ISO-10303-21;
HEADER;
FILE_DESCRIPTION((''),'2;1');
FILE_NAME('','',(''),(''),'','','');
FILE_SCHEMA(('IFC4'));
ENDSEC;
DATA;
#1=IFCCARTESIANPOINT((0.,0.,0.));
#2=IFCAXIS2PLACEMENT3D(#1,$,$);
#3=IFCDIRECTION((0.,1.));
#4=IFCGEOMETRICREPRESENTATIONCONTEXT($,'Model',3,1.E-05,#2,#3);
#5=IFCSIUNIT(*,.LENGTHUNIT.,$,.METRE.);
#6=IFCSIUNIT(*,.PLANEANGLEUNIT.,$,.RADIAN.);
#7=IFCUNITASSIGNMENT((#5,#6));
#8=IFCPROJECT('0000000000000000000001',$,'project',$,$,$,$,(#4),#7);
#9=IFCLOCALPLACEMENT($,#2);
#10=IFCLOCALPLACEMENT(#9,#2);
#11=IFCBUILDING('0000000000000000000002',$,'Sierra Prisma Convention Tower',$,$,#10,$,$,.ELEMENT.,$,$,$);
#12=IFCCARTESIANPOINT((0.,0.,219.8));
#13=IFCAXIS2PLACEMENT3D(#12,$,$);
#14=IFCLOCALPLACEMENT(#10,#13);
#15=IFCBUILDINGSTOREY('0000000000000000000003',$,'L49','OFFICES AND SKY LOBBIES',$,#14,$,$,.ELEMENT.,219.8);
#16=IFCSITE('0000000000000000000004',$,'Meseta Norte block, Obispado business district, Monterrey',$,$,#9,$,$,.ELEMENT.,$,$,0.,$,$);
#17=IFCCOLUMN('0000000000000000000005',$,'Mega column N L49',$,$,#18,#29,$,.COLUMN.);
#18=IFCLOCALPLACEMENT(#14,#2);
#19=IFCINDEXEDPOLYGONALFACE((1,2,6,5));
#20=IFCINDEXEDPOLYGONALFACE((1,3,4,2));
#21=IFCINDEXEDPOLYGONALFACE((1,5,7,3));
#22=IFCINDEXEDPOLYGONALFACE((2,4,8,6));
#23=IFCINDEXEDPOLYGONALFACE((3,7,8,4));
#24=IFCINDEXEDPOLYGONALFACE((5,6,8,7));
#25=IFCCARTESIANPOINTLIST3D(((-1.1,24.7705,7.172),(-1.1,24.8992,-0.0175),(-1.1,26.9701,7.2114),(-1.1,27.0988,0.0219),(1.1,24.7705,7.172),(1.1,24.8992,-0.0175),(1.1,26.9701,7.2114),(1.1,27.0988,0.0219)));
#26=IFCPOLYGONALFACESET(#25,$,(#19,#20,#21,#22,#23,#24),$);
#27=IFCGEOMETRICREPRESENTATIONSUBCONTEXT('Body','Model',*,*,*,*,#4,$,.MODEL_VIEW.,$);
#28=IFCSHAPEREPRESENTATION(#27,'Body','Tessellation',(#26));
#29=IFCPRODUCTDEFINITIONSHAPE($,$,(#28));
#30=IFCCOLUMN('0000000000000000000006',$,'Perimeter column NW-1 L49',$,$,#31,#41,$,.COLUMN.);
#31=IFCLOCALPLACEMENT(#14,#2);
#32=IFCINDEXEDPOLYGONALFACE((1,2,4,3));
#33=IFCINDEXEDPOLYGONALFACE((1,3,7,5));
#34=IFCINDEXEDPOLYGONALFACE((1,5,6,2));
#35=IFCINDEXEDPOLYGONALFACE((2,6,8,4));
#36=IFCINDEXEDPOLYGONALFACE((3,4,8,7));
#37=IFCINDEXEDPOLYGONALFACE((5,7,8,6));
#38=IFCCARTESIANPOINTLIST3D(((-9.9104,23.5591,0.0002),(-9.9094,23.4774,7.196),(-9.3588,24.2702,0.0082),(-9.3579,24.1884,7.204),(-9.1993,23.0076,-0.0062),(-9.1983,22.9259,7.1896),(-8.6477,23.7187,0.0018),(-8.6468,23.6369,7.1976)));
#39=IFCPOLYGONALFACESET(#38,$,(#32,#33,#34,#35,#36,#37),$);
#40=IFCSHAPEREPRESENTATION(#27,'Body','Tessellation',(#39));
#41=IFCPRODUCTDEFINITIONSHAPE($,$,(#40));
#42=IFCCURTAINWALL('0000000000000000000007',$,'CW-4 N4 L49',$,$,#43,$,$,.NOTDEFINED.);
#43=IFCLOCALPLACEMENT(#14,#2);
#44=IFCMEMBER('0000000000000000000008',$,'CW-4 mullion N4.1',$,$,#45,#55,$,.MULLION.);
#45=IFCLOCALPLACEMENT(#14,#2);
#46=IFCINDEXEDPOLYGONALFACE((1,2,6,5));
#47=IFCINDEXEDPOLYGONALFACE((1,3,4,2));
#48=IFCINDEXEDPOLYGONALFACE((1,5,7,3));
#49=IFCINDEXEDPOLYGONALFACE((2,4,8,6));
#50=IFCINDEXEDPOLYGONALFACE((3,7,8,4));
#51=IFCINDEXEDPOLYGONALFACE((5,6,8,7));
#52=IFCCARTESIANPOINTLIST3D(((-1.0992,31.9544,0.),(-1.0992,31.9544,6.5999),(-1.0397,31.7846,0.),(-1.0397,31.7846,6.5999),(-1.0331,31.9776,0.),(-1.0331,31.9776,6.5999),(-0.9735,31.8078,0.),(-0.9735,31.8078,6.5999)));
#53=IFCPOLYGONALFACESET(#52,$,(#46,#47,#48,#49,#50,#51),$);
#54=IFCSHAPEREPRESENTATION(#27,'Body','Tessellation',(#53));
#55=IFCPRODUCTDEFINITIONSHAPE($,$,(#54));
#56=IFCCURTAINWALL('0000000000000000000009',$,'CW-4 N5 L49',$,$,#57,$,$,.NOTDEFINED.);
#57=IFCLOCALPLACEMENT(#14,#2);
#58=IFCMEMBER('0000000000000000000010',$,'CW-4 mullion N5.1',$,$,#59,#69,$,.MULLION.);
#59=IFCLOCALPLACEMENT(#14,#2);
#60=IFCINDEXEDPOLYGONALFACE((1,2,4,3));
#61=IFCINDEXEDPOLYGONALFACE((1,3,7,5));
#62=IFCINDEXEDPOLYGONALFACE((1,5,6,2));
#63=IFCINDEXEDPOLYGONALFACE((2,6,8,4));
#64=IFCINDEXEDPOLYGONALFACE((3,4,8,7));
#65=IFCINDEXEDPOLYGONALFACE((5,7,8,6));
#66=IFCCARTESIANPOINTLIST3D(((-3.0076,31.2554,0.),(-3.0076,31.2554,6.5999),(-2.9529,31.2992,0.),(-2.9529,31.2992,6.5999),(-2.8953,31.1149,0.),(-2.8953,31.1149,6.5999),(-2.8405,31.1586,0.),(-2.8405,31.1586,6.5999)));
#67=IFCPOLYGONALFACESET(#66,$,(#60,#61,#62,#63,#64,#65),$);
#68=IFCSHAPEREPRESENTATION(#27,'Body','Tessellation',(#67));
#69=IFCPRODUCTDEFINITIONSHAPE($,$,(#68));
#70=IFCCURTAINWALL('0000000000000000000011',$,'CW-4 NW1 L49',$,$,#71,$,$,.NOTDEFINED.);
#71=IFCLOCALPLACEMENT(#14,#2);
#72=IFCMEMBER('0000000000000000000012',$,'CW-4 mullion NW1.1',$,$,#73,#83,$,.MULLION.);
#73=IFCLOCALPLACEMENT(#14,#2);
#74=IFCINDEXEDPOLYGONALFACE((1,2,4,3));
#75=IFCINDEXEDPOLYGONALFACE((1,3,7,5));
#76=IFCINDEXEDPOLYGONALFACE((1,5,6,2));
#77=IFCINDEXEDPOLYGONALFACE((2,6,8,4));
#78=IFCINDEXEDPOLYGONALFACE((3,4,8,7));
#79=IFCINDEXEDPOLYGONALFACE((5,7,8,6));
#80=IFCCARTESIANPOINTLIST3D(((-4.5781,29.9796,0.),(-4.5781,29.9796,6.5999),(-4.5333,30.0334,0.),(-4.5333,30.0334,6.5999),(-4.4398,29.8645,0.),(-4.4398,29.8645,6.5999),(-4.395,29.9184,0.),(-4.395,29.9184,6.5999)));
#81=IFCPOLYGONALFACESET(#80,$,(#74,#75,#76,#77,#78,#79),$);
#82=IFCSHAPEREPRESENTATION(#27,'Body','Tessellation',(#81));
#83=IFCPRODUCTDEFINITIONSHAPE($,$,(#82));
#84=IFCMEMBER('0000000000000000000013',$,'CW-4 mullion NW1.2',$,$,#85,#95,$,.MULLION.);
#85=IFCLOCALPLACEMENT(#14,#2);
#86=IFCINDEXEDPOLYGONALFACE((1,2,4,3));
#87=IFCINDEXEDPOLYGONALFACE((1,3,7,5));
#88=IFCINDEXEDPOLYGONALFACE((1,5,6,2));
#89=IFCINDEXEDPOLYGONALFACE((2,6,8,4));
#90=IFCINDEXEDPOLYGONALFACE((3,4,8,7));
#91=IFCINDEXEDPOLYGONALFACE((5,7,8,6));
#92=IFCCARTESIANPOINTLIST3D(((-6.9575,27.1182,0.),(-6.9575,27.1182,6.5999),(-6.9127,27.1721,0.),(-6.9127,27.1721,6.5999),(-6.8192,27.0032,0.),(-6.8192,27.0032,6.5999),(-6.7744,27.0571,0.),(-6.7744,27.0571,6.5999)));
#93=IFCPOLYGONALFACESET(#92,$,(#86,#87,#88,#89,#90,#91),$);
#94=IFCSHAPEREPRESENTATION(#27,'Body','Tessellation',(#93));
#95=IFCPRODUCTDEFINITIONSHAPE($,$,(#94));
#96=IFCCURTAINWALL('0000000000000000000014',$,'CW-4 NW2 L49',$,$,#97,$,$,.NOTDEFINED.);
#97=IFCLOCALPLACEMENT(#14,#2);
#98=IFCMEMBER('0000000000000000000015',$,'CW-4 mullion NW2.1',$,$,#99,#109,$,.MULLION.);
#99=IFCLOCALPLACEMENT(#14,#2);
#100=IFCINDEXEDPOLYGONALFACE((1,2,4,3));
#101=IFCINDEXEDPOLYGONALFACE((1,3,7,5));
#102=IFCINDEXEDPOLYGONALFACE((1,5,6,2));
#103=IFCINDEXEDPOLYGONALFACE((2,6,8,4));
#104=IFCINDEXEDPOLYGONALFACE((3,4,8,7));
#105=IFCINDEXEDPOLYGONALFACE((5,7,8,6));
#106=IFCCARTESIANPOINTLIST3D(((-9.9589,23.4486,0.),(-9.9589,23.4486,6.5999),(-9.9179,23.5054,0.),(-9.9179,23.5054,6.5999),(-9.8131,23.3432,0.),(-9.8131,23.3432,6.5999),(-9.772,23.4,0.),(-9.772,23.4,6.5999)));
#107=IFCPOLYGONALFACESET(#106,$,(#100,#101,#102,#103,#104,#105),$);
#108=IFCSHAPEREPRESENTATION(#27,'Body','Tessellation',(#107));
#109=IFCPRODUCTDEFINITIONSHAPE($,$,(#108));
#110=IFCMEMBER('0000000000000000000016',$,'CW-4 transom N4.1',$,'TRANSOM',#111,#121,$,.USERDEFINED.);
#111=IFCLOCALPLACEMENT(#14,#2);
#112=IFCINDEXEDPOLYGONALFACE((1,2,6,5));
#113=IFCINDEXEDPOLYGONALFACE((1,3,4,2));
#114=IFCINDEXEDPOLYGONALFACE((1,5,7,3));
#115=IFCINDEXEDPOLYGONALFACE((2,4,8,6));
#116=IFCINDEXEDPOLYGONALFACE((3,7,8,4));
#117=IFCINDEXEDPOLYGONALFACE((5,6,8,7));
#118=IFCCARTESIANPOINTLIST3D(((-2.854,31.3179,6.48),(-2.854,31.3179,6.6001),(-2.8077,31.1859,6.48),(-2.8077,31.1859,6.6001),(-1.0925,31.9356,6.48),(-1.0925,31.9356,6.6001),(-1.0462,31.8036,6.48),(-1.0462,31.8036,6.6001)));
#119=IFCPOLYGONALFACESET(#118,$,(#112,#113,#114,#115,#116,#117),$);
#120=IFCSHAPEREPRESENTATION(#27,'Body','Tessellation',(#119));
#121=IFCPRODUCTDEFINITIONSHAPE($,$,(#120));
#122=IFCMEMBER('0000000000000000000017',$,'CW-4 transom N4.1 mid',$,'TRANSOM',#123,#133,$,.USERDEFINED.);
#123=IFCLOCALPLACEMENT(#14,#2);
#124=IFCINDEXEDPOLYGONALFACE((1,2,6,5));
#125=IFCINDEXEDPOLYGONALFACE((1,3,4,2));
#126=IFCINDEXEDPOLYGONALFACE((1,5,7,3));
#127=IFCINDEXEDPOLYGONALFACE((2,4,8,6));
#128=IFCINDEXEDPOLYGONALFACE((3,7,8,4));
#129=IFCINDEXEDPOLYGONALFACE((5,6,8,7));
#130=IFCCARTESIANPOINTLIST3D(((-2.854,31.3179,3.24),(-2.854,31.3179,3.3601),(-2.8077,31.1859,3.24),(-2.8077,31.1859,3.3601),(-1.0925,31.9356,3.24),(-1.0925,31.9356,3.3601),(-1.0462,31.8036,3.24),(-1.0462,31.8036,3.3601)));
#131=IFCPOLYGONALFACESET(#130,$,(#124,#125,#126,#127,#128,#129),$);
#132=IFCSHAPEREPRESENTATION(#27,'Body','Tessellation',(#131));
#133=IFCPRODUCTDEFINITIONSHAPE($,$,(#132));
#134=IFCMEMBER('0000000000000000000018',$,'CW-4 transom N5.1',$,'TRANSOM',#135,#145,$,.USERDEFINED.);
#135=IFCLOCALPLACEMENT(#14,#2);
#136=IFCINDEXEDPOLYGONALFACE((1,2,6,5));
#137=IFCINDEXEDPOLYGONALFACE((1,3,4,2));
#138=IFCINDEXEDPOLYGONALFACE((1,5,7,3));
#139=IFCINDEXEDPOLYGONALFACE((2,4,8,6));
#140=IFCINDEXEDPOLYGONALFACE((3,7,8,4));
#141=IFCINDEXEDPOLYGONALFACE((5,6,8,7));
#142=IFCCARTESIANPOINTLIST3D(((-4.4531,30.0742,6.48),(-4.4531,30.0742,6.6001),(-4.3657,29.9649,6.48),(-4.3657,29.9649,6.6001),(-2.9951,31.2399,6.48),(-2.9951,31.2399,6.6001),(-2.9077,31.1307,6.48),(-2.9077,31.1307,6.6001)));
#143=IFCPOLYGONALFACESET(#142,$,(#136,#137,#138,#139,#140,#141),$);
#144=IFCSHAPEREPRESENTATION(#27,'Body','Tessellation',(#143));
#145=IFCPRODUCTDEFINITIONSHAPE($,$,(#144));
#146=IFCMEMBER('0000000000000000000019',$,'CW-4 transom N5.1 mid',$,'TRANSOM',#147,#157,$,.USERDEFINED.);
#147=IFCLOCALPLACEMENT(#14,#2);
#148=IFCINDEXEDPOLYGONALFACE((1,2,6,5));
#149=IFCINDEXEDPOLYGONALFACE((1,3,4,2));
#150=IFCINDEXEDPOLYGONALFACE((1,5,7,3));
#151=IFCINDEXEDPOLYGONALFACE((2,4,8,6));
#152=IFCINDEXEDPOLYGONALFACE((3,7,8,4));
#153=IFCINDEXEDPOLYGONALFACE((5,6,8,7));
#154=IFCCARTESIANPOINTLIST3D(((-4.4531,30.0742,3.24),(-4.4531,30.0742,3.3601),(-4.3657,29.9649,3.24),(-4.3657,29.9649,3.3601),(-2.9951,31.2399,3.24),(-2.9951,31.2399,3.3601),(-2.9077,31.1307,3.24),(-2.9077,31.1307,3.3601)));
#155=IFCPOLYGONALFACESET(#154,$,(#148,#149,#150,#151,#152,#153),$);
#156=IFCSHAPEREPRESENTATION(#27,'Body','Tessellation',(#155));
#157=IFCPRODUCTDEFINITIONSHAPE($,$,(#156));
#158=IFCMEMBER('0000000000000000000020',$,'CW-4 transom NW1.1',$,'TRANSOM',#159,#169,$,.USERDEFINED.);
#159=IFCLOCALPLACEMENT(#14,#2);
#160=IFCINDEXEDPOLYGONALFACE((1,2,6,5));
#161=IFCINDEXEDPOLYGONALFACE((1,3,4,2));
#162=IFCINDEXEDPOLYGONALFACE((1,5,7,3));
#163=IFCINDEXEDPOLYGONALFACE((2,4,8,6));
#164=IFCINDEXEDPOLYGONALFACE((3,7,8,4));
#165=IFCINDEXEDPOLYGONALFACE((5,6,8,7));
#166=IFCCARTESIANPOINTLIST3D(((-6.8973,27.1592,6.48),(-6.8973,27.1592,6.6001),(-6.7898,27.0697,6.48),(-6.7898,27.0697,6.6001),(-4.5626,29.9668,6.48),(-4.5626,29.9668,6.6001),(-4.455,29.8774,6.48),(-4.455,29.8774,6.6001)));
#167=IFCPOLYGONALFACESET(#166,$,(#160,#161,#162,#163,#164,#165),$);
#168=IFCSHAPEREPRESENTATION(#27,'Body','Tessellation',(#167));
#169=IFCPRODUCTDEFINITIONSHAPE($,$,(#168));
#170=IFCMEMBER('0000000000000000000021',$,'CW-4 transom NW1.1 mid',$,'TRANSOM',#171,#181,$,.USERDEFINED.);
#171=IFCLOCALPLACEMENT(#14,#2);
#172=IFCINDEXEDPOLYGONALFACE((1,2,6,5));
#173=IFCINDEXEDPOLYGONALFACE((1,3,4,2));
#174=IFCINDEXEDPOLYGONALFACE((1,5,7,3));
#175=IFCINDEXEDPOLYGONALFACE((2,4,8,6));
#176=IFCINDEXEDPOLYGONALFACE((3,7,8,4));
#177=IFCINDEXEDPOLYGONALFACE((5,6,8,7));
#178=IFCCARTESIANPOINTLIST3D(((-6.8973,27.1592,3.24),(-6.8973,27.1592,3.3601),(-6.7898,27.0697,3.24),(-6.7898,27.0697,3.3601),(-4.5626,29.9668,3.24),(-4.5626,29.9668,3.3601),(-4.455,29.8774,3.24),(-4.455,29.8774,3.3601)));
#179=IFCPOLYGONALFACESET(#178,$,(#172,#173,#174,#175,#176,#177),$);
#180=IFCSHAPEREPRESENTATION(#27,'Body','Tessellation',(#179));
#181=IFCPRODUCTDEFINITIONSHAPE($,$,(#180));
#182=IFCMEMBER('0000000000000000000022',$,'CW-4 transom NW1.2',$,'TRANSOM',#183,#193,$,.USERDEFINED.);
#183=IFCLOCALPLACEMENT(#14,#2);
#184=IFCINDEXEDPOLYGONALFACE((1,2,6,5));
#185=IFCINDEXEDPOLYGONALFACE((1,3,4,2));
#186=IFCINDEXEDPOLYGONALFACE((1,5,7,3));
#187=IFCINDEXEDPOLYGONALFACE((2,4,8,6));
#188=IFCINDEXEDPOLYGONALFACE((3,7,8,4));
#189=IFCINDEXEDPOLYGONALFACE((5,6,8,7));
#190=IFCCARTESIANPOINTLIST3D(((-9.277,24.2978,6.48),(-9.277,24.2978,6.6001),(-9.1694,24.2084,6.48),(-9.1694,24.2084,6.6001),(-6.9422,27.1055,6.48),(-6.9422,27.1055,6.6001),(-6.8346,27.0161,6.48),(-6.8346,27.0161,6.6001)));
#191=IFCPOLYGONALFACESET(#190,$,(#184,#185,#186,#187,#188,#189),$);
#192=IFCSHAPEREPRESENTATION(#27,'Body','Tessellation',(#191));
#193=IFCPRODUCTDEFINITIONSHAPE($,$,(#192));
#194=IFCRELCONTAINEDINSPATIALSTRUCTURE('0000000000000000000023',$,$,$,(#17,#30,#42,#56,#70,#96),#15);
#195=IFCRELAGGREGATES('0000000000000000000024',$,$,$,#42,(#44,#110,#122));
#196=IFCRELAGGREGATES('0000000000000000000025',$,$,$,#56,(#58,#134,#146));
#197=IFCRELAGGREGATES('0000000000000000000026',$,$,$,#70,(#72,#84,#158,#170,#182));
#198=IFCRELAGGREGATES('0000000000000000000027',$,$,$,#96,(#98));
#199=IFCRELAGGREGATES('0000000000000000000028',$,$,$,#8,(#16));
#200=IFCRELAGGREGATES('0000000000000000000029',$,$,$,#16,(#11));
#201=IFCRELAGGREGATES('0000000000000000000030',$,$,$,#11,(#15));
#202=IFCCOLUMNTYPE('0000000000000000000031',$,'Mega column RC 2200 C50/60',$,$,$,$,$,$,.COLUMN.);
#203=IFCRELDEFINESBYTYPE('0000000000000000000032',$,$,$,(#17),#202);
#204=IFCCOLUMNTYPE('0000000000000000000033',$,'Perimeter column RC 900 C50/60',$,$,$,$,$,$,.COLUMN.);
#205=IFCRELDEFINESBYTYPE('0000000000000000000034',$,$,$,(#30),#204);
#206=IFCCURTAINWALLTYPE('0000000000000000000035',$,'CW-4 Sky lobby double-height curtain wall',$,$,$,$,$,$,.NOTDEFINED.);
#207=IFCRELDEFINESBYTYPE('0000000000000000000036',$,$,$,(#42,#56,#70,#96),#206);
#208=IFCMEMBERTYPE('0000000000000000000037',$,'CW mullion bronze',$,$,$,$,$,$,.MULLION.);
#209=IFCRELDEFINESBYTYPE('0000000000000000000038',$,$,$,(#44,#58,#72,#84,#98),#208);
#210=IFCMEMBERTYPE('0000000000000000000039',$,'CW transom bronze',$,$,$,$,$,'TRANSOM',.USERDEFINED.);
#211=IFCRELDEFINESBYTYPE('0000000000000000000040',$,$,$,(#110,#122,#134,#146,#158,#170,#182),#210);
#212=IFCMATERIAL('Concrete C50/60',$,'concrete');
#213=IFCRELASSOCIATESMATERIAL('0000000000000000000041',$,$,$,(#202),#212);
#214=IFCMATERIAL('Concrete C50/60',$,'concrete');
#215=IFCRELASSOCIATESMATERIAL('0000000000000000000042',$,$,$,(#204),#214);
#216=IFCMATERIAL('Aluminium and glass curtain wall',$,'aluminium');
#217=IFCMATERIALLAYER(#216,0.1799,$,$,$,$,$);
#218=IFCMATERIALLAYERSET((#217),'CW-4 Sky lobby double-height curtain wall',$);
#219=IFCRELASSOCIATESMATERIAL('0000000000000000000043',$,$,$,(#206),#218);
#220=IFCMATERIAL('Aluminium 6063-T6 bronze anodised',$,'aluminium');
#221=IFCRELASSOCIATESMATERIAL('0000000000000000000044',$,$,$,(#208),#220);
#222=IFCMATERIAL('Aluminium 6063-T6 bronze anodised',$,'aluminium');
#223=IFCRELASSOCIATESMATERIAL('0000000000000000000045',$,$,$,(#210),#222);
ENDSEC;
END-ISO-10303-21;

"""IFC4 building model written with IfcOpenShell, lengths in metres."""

from ifc_helpers import new_model, si_unit, direction, frame, origin, origin_2d, place, context, subcontext, project, spatial, rectangle, extrude, clip, halfspace, material, layer, layer_set, material_profile, profile_set, type_object, element, aggregate, save


model = new_model("IFC4")

# Units and contexts
model_context = context("Model", 3, precision=1e-05, world=origin(), true_north=direction((0.0, 1.0)))
body_context = subcontext(model_context, "Body", "Model", "MODEL_VIEW")
ifc_project = project(units=[si_unit("LENGTHUNIT", "METRE"), si_unit("PLANEANGLEUNIT", "RADIAN")], contexts=[model_context])

# Site, building, storey
site_placement = place(None, origin())
site = spatial("IfcSite", under=ifc_project, at=site_placement, Name="Meseta Norte block, Obispado business district, Monterrey", CompositionType="ELEMENT", RefElevation=0.0)
building_placement = place(site_placement, origin())
building = spatial("IfcBuilding", under=site, at=building_placement, Name="Sierra Prisma Convention Tower", CompositionType="ELEMENT")
storey_placement = place(building_placement, frame((0.0, 0.0, 219.8)))
storey = spatial("IfcBuildingStorey", under=building, at=storey_placement, Name="L49", Description="OFFICES AND SKY LOBBIES", CompositionType="ELEMENT", Elevation=219.8)

# Columns
ifc_material_1 = material(Name="Concrete C50/60", Category="concrete")
ifc_material_profile_1 = material_profile(ifc_material_1, rectangle(XDim=2.2, YDim=2.2, at=origin_2d()), Name="Mega column RC 2200 C50/60")
ifc_profile_set_1 = profile_set([ifc_material_profile_1], Name="Concrete C50/60")
column_type_1 = type_object("IfcColumnType", Name="Mega column RC 2200 C50/60", PredefinedType="COLUMN", material=ifc_profile_set_1)
column_1_placement = place(storey_placement, frame((0.0, 25.999, 0.0), z_axis=(0.0, -0.017901, 0.99984), x_axis=(1.0, 0.0, 0.0)))
element("IfcColumn", 1, at=column_1_placement, inside=storey, type_object=column_type_1, Name="Mega column N L49", PredefinedType="COLUMN", context=body_context, shape_type="SweptSolid", body=[
    clip(clip(extrude(rectangle(XDim=2.2, YDim=2.2, at=origin_2d()), origin(), (0.0, 0.0, 1.0), 7.2012), halfspace(frame((0.0, 0.0, 0.0022)), True)), halfspace(frame((0.0, 0.0, 7.1929)), False)),
])
ifc_material_2 = material(Name="Concrete C50/60", Category="concrete")
ifc_material_profile_2 = material_profile(ifc_material_2, rectangle(XDim=0.8999, YDim=0.8999, at=origin_2d()), Name="Perimeter column RC 900 C50/60")
ifc_profile_set_2 = profile_set([ifc_material_profile_2], Name="Concrete C50/60")
column_type_2 = type_object("IfcColumnType", Name="Perimeter column RC 900 C50/60", PredefinedType="COLUMN", material=ifc_profile_set_2)
column_2_placement = place(storey_placement, frame((-9.2791, 23.6389, 0.0), z_axis=(0.000136, -0.011359, 0.999935), x_axis=(0.612874, 0.790131, 0.008892)))
element("IfcColumn", 2, at=column_2_placement, inside=storey, type_object=column_type_2, Name="Perimeter column NW-1 L49", PredefinedType="COLUMN", context=body_context, shape_type="SweptSolid", body=[
    clip(clip(extrude(rectangle(XDim=0.8999, YDim=0.8999, at=origin_2d()), origin(), (0.0, 0.0, 1.0), 7.2004), halfspace(frame((0.0, 0.0, 0.001)), True)), halfspace(frame((0.0, 0.0, 7.1973)), False)),
])

# Curtain walls, members
ifc_material_3 = material(Name="Aluminium and glass curtain wall", Category="aluminium")
ifc_layer_1 = layer(ifc_material_3, 0.1799)
ifc_layer_set_1 = layer_set([ifc_layer_1], Name="CW-4 Sky lobby double-height curtain wall")
curtain_wall_type = type_object("IfcCurtainWallType", Name="CW-4 Sky lobby double-height curtain wall", PredefinedType="NOTDEFINED", material=ifc_layer_set_1)
curtain_wall_1_placement = place(storey_placement, origin())
curtain_wall_1 = element("IfcCurtainWall", 3, at=curtain_wall_1_placement, inside=storey, type_object=curtain_wall_type, Name="CW-4 N4 L49", PredefinedType="NOTDEFINED")
ifc_material_4 = material(Name="Aluminium 6063-T6 bronze anodised", Category="aluminium")
ifc_material_profile_3 = material_profile(ifc_material_4, rectangle(XDim=0.1799, YDim=0.0701, at=origin_2d()), Name="ALU MULLION 70x180")
ifc_profile_set_3 = profile_set([ifc_material_profile_3], Name="Aluminium 6063-T6 bronze anodised")
member_type_1 = type_object("IfcMemberType", Name="CW mullion bronze", PredefinedType="MULLION", material=ifc_profile_set_3)
member_1_placement = place(storey_placement, frame((-1.0364, 31.8811, 0.0), z_axis=(0.0, 0.0, 1.0), x_axis=(0.330868, -0.943677, 0.0)))
member_1 = element("IfcMember", 4, at=member_1_placement, type_object=member_type_1, Name="CW-4 mullion N4.1", PredefinedType="MULLION", context=body_context, shape_type="SweptSolid", body=[
    extrude(rectangle(XDim=0.1799, YDim=0.0701, at=origin_2d()), origin(), (0.0, 0.0, 1.0), 6.5999),
])
curtain_wall_2_placement = place(storey_placement, origin())
curtain_wall_2 = element("IfcCurtainWall", 5, at=curtain_wall_2_placement, inside=storey, type_object=curtain_wall_type, Name="CW-4 N5 L49", PredefinedType="NOTDEFINED")
member_2_placement = place(storey_placement, frame((-2.9241, 31.207, 0.0), z_axis=(0.0, 0.0, 1.0), x_axis=(0.624465, -0.781053, 0.0)))
member_2 = element("IfcMember", 6, at=member_2_placement, type_object=member_type_1, Name="CW-4 mullion N5.1", PredefinedType="MULLION", context=body_context, shape_type="SweptSolid", body=[
    extrude(rectangle(XDim=0.1799, YDim=0.0701, at=origin_2d()), origin(), (0.0, 0.0, 1.0), 6.5999),
])

# Curtain wall, members
curtain_wall_3_placement = place(storey_placement, origin())
curtain_wall_3 = element("IfcCurtainWall", 7, at=curtain_wall_3_placement, inside=storey, type_object=curtain_wall_type, Name="CW-4 NW1 L49", PredefinedType="NOTDEFINED")
member_3_placement = place(storey_placement, frame((-4.4866, 29.949, 0.0), z_axis=(0.0, 0.0, 1.0), x_axis=(0.768876, -0.639398, 0.0)))
member_3 = element("IfcMember", 8, at=member_3_placement, type_object=member_type_1, Name="CW-4 mullion NW1.1", PredefinedType="MULLION", context=body_context, shape_type="SweptSolid", body=[
    extrude(rectangle(XDim=0.1799, YDim=0.0701, at=origin_2d()), origin(), (0.0, 0.0, 1.0), 6.5999),
])
member_4_placement = place(storey_placement, frame((-6.866, 27.0876, 0.0), z_axis=(0.0, 0.0, 1.0), x_axis=(0.768876, -0.639398, 0.0)))
member_4 = element("IfcMember", 9, at=member_4_placement, type_object=member_type_1, Name="CW-4 mullion NW1.2", PredefinedType="MULLION", context=body_context, shape_type="SweptSolid", body=[
    extrude(rectangle(XDim=0.1799, YDim=0.0701, at=origin_2d()), origin(), (0.0, 0.0, 1.0), 6.5999),
])

# Curtain wall, member
curtain_wall_4_placement = place(storey_placement, origin())
curtain_wall_4 = element("IfcCurtainWall", 10, at=curtain_wall_4_placement, inside=storey, type_object=curtain_wall_type, Name="CW-4 NW2 L49", PredefinedType="NOTDEFINED")
member_5_placement = place(storey_placement, frame((-9.8655, 23.4243, 0.0), z_axis=(0.0, 0.0, 1.0), x_axis=(0.810572, -0.58564, 0.0)))
member_5 = element("IfcMember", 11, at=member_5_placement, type_object=member_type_1, Name="CW-4 mullion NW2.1", PredefinedType="MULLION", context=body_context, shape_type="SweptSolid", body=[
    extrude(rectangle(XDim=0.1799, YDim=0.0701, at=origin_2d()), origin(), (0.0, 0.0, 1.0), 6.5999),
])

# Members
ifc_material_5 = material(Name="Aluminium 6063-T6 bronze anodised", Category="aluminium")
ifc_material_profile_4 = material_profile(ifc_material_5, rectangle(XDim=0.1399, YDim=0.1201, at=origin_2d()), Name="ALU TRANSOM 120x140")
ifc_profile_set_4 = profile_set([ifc_material_profile_4], Name="Aluminium 6063-T6 bronze anodised")
member_type_2 = type_object("IfcMemberType", Name="CW transom bronze", ElementType="TRANSOM", PredefinedType="USERDEFINED", material=ifc_profile_set_4)
member_6_placement = place(storey_placement, frame((-1.0693, 31.8696, 6.54), z_axis=(-0.943664, -0.330904, 0.0), x_axis=(0.330904, -0.943664, 0.0)))
member_6 = element("IfcMember", 12, at=member_6_placement, type_object=member_type_2, Name="CW-4 transom N4.1", ObjectType="TRANSOM", PredefinedType="USERDEFINED", context=body_context, shape_type="SweptSolid", body=[
    extrude(rectangle(XDim=0.1399, YDim=0.1201, at=origin_2d()), origin(), (0.0, 0.0, 1.0), 1.8667),
])
member_7_placement = place(storey_placement, frame((-1.0693, 31.8696, 3.3), z_axis=(-0.943664, -0.330904, 0.0), x_axis=(0.330904, -0.943664, 0.0)))
member_7 = element("IfcMember", 13, at=member_7_placement, type_object=member_type_2, Name="CW-4 transom N4.1 mid", ObjectType="TRANSOM", PredefinedType="USERDEFINED", context=body_context, shape_type="SweptSolid", body=[
    extrude(rectangle(XDim=0.1399, YDim=0.1201, at=origin_2d()), origin(), (0.0, 0.0, 1.0), 1.8667),
])
member_8_placement = place(storey_placement, frame((-2.9514, 31.1853, 6.54), z_axis=(-0.781035, -0.624488, 0.0), x_axis=(0.624488, -0.781035, 0.0)))
member_8 = element("IfcMember", 14, at=member_8_placement, type_object=member_type_2, Name="CW-4 transom N5.1", ObjectType="TRANSOM", PredefinedType="USERDEFINED", context=body_context, shape_type="SweptSolid", body=[
    extrude(rectangle(XDim=0.1399, YDim=0.1201, at=origin_2d()), origin(), (0.0, 0.0, 1.0), 1.8667),
])
member_9_placement = place(storey_placement, frame((-2.9514, 31.1853, 3.3), z_axis=(-0.781035, -0.624488, 0.0), x_axis=(0.624488, -0.781035, 0.0)))
member_9 = element("IfcMember", 15, at=member_9_placement, type_object=member_type_2, Name="CW-4 transom N5.1 mid", ObjectType="TRANSOM", PredefinedType="USERDEFINED", context=body_context, shape_type="SweptSolid", body=[
    extrude(rectangle(XDim=0.1399, YDim=0.1201, at=origin_2d()), origin(), (0.0, 0.0, 1.0), 1.8667),
])
member_10_placement = place(storey_placement, frame((-4.5088, 29.9221, 6.54), z_axis=(-0.639382, -0.768889, 0.0), x_axis=(0.768889, -0.639382, 0.0)))
member_10 = element("IfcMember", 16, at=member_10_placement, type_object=member_type_2, Name="CW-4 transom NW1.1", ObjectType="TRANSOM", PredefinedType="USERDEFINED", context=body_context, shape_type="SweptSolid", body=[
    extrude(rectangle(XDim=0.1399, YDim=0.1201, at=origin_2d()), origin(), (0.0, 0.0, 1.0), 3.6516),
])
member_11_placement = place(storey_placement, frame((-4.5088, 29.9221, 3.3), z_axis=(-0.639382, -0.768889, 0.0), x_axis=(0.768889, -0.639382, 0.0)))
member_11 = element("IfcMember", 17, at=member_11_placement, type_object=member_type_2, Name="CW-4 transom NW1.1 mid", ObjectType="TRANSOM", PredefinedType="USERDEFINED", context=body_context, shape_type="SweptSolid", body=[
    extrude(rectangle(XDim=0.1399, YDim=0.1201, at=origin_2d()), origin(), (0.0, 0.0, 1.0), 3.6516),
])
member_12_placement = place(storey_placement, frame((-6.8884, 27.0608, 6.54), z_axis=(-0.639382, -0.768889, 0.0), x_axis=(0.768889, -0.639382, 0.0)))
member_12 = element("IfcMember", 18, at=member_12_placement, type_object=member_type_2, Name="CW-4 transom NW1.2", ObjectType="TRANSOM", PredefinedType="USERDEFINED", context=body_context, shape_type="SweptSolid", body=[
    extrude(rectangle(XDim=0.1399, YDim=0.1201, at=origin_2d()), origin(), (0.0, 0.0, 1.0), 3.6516),
])

aggregate(curtain_wall_1, [member_1, member_6, member_7])
aggregate(curtain_wall_2, [member_2, member_8, member_9])
aggregate(curtain_wall_3, [member_3, member_4, member_10, member_11, member_12])
aggregate(curtain_wall_4, [member_5])

save(model, "model.ifc")
